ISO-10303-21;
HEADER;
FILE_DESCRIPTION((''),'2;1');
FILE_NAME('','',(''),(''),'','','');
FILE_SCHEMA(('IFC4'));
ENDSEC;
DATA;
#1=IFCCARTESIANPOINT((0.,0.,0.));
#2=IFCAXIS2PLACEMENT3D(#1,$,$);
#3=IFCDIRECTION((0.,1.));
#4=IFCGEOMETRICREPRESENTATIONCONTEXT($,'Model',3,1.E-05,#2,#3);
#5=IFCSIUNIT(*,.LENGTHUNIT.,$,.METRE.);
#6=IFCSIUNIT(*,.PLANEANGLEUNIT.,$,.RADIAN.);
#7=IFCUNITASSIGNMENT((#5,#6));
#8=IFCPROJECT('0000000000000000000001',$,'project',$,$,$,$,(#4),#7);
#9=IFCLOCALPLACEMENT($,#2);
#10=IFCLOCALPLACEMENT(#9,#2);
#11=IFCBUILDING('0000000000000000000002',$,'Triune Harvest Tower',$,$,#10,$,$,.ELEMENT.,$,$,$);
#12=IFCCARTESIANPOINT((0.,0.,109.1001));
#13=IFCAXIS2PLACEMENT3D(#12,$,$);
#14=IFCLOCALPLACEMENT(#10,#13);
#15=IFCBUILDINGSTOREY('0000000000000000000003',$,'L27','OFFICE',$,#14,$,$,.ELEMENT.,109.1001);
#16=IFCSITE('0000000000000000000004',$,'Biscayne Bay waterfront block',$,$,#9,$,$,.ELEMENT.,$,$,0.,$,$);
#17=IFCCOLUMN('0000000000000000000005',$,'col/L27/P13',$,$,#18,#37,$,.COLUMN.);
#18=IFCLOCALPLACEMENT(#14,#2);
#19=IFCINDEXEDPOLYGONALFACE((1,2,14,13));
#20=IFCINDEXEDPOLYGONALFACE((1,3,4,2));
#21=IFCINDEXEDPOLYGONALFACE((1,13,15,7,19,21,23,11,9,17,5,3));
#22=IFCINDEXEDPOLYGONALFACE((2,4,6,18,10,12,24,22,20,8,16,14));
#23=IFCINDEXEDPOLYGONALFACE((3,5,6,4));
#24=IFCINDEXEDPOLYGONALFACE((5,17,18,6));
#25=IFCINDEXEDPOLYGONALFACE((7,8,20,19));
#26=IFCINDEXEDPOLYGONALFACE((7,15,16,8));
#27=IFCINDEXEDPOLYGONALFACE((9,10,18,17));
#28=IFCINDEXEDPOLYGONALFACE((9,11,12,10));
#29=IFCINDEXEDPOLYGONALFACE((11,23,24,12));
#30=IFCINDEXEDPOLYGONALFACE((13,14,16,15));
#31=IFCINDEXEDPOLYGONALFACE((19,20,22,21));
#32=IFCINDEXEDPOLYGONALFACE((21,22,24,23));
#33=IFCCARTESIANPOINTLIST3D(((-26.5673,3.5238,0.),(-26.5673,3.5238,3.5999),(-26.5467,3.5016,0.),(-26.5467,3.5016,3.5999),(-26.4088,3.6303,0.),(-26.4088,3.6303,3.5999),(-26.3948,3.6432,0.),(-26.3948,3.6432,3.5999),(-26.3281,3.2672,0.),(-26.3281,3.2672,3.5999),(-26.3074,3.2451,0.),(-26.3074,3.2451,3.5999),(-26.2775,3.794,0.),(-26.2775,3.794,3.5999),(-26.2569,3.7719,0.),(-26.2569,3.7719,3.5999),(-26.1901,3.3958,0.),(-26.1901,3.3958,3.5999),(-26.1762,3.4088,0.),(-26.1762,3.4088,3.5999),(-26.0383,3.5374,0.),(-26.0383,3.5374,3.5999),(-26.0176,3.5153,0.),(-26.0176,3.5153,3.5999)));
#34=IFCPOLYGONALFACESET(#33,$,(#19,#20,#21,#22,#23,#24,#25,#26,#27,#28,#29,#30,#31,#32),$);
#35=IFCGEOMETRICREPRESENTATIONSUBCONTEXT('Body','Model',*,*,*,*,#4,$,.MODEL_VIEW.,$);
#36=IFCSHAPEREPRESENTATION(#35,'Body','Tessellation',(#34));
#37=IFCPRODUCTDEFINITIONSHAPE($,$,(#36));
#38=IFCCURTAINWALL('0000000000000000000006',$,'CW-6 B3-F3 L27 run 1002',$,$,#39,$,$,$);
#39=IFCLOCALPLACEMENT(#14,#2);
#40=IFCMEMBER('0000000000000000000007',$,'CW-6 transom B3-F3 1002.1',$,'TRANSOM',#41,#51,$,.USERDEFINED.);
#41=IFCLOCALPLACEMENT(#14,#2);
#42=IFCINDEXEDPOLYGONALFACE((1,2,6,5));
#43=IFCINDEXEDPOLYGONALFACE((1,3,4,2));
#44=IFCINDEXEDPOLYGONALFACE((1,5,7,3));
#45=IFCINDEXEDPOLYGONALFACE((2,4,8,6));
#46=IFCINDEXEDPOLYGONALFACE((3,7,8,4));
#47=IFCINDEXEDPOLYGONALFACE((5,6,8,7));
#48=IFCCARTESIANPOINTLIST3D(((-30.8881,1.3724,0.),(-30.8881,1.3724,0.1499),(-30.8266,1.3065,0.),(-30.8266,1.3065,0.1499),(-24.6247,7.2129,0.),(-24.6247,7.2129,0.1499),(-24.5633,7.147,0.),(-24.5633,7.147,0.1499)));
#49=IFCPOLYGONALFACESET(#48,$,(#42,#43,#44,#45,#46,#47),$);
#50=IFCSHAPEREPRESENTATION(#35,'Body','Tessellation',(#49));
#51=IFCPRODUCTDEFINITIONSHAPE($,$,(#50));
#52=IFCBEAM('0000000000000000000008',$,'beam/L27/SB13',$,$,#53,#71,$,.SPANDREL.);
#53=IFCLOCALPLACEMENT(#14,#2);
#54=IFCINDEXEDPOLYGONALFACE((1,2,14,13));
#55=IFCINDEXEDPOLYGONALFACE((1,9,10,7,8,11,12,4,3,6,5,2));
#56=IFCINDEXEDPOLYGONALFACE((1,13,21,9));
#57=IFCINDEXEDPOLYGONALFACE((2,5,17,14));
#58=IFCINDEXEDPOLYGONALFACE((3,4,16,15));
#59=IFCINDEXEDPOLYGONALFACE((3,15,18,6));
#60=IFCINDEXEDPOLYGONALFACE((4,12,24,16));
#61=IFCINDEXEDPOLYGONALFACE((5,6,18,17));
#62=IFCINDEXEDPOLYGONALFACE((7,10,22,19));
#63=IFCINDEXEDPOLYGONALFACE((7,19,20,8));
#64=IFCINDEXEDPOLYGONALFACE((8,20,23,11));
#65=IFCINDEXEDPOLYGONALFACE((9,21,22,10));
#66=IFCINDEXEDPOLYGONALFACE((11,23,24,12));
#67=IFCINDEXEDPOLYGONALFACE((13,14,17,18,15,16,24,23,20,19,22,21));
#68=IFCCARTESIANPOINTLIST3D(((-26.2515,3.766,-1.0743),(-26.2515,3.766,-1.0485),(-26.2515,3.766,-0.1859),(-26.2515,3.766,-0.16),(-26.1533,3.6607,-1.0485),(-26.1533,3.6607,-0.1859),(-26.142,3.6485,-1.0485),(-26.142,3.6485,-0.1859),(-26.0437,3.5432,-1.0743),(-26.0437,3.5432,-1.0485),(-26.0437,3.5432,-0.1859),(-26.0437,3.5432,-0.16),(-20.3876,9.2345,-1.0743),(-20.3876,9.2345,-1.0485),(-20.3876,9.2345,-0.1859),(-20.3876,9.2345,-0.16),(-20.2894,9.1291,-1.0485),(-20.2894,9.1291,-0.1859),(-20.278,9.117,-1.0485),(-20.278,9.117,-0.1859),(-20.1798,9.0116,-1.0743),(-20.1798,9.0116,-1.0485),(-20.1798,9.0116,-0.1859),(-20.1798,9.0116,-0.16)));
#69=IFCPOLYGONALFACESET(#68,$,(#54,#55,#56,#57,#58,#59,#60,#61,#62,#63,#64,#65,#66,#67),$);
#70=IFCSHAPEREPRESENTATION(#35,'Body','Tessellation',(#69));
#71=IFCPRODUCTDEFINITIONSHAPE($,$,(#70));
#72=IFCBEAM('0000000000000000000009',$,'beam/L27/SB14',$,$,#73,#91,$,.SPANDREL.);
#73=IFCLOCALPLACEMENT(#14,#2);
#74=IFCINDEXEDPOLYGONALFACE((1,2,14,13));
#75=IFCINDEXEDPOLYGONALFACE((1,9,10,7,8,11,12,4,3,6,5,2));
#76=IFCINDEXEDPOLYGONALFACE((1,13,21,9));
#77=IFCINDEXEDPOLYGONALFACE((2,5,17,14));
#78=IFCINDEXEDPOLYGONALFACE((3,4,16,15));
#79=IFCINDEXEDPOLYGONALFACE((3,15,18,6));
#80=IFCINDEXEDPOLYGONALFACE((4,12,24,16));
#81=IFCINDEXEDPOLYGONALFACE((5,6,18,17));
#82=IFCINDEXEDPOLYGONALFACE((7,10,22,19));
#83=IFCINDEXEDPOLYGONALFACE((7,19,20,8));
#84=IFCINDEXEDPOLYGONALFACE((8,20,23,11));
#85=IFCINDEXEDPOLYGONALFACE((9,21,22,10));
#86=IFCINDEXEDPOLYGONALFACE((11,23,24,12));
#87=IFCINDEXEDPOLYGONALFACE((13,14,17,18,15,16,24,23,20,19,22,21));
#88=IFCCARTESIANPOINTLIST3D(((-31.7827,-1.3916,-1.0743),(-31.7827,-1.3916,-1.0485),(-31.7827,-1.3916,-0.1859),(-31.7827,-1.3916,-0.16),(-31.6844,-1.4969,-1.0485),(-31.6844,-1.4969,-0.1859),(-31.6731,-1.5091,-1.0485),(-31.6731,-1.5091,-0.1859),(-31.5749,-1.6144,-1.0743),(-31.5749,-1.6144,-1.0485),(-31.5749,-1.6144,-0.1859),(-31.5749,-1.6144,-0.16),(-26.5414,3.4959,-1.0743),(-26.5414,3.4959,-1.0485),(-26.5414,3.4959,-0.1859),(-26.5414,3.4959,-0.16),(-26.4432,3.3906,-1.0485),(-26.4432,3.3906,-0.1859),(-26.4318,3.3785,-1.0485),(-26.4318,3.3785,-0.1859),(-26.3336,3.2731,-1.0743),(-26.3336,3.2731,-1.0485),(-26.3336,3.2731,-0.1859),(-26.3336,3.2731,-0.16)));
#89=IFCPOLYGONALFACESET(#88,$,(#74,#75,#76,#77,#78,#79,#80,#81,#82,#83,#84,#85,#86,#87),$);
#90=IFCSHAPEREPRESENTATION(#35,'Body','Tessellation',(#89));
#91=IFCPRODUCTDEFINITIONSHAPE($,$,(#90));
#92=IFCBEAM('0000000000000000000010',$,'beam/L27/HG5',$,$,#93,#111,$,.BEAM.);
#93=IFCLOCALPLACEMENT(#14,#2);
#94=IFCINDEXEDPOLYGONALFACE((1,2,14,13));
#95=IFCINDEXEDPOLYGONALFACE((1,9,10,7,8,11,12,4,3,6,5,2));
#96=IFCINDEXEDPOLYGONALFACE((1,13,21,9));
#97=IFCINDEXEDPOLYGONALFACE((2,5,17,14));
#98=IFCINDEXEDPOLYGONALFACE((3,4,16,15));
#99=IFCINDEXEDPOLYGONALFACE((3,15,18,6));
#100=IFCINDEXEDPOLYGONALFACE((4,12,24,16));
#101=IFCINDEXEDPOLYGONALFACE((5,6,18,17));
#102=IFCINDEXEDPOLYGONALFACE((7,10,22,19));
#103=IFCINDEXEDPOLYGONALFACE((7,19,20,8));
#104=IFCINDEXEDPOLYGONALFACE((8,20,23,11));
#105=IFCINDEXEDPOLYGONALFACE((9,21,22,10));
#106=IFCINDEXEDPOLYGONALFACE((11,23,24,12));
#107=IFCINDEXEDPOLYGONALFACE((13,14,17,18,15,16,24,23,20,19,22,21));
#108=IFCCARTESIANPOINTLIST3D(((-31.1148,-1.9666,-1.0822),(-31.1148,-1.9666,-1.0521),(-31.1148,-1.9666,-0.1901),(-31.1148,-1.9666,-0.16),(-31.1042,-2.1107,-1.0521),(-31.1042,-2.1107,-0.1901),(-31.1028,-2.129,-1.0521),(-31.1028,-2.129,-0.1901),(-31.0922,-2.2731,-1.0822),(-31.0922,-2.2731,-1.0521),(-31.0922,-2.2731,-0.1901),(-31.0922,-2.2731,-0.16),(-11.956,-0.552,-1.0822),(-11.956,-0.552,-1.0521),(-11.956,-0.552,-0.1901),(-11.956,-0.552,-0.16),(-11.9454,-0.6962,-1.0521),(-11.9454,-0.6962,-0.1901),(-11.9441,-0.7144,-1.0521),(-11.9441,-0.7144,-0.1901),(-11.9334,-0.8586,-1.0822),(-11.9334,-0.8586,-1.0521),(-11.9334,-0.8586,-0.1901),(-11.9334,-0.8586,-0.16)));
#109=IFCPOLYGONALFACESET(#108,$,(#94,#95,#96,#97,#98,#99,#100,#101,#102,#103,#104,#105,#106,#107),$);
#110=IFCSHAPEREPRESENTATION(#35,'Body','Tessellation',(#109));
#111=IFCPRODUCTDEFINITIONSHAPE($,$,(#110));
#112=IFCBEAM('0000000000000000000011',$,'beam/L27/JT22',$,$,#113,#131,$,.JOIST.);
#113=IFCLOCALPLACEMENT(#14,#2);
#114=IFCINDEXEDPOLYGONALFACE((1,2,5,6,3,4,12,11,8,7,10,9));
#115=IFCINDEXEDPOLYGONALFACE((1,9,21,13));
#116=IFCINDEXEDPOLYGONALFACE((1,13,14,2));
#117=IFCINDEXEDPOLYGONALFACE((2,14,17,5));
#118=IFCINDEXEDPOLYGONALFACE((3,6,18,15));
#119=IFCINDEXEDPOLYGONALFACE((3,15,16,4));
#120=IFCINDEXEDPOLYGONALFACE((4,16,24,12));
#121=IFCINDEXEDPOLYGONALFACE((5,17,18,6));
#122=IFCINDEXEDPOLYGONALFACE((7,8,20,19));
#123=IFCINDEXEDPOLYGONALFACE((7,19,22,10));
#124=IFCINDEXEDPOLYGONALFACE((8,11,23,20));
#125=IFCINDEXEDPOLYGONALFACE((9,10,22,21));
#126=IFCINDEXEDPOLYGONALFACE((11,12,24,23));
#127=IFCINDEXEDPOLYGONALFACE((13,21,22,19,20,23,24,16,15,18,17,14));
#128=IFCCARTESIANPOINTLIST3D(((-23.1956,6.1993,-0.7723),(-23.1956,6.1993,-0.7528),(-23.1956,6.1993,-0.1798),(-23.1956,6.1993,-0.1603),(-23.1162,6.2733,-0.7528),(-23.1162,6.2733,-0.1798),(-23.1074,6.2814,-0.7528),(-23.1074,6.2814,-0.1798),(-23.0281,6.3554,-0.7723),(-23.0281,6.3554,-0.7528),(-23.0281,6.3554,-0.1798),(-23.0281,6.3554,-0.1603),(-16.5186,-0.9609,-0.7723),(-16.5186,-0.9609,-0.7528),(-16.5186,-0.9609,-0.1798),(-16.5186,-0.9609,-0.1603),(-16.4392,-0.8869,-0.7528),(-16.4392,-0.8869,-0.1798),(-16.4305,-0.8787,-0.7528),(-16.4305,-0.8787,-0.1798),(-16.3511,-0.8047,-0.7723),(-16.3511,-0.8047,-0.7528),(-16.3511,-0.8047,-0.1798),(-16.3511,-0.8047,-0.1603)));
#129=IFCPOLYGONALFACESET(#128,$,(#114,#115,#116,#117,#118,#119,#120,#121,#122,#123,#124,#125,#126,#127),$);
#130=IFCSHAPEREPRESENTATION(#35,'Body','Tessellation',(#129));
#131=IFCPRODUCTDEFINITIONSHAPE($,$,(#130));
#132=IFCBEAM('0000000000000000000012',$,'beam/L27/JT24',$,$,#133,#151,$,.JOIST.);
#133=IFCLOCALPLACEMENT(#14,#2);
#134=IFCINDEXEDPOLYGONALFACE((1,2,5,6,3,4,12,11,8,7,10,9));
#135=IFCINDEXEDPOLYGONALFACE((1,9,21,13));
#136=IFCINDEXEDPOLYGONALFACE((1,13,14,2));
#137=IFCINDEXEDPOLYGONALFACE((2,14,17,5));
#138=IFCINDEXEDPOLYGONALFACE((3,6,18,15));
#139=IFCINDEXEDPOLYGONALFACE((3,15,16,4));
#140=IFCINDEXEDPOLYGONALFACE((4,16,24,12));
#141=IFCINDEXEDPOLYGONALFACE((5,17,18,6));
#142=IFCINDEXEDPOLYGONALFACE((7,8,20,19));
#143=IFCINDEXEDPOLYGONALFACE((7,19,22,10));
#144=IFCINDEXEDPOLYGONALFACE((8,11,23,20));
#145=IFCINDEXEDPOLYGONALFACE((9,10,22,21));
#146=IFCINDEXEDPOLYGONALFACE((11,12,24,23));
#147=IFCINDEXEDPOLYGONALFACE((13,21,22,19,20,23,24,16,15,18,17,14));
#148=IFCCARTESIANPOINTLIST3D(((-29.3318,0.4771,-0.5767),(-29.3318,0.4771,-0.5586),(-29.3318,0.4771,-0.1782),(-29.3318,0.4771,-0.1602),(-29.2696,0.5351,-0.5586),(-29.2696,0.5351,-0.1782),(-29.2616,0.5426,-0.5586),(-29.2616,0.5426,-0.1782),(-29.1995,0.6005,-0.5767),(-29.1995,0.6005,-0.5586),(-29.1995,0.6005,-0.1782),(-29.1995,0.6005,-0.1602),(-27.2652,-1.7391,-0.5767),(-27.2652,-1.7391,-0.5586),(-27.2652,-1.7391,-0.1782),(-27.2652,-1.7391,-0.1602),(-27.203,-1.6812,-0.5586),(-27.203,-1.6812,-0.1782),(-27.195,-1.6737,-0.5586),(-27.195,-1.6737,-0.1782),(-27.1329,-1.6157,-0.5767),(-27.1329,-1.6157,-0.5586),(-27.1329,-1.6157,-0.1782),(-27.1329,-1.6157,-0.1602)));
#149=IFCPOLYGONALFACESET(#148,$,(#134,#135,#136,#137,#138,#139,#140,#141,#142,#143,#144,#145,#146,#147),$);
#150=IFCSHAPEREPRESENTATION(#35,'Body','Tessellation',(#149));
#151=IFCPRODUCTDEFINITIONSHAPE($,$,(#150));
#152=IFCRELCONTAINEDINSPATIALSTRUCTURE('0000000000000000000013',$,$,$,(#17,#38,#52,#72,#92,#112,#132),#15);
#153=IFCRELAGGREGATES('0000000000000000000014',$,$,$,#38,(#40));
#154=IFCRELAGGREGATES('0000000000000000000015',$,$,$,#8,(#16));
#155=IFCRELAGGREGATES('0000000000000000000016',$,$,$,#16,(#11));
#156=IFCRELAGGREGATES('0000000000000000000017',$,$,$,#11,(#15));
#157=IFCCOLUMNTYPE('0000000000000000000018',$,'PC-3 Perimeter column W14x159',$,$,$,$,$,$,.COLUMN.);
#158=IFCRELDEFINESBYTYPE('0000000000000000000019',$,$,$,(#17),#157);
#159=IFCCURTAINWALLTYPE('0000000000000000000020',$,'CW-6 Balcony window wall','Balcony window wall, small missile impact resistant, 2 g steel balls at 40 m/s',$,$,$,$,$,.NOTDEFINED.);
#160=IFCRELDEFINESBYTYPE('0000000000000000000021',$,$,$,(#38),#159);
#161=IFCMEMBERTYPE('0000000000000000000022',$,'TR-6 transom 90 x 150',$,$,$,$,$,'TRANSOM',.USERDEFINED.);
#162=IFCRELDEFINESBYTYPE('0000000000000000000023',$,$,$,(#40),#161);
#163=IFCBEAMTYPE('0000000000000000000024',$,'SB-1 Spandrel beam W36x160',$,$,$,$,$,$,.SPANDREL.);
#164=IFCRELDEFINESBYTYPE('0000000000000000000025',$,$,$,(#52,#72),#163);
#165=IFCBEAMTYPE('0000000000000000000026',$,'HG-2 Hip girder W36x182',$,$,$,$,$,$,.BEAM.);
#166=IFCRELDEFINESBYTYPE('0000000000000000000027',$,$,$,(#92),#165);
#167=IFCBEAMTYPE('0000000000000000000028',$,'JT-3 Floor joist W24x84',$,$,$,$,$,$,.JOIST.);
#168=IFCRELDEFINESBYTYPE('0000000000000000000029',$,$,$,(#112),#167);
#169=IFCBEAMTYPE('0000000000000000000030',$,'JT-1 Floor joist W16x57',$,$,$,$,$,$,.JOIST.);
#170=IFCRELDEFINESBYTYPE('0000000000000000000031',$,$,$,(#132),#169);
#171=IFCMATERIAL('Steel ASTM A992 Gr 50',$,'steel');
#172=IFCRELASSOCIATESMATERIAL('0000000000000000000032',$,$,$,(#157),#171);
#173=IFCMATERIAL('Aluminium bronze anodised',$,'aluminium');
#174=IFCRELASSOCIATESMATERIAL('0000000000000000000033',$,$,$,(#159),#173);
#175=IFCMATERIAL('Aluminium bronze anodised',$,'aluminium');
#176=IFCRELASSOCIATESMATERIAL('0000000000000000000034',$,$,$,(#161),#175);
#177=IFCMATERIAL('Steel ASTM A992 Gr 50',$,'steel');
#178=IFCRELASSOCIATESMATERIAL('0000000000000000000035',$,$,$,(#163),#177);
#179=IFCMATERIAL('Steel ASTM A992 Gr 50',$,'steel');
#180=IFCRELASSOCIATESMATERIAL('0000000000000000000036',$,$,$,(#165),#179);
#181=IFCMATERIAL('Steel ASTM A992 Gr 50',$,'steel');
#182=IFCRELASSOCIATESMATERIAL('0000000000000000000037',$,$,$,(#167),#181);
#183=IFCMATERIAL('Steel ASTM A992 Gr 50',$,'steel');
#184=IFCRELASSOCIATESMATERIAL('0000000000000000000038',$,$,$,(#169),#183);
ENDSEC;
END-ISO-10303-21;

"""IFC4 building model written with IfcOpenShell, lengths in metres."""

from ifc_helpers import new_model, si_unit, direction, frame, origin, origin_2d, place, context, subcontext, project, spatial, rectangle, i_section, extrude, source, transform, mapped, material, material_profile, profile_set, type_object, element, aggregate, save


model = new_model("IFC4")

# Units and contexts
model_context = context("Model", 3, precision=1e-05, world=origin(), true_north=direction((0.0, 1.0)))
body_context = subcontext(model_context, "Body", "Model", "MODEL_VIEW")
ifc_project = project(units=[si_unit("LENGTHUNIT", "METRE"), si_unit("PLANEANGLEUNIT", "RADIAN")], contexts=[model_context])

# Site, building, storey
site_placement = place(None, origin())
site = spatial("IfcSite", under=ifc_project, at=site_placement, Name="Biscayne Bay waterfront block", CompositionType="ELEMENT", RefElevation=0.0)
building_placement = place(site_placement, origin())
building = spatial("IfcBuilding", under=site, at=building_placement, Name="Triune Harvest Tower", CompositionType="ELEMENT")
storey_placement = place(building_placement, frame((0.0, 0.0, 109.1001)))
storey = spatial("IfcBuildingStorey", under=building, at=storey_placement, Name="L27", Description="OFFICE", CompositionType="ELEMENT", Elevation=109.1001)

# Column
ifc_material_1 = material(Name="Steel ASTM A992 Gr 50", Category="steel")
ifc_material_profile_1 = material_profile(ifc_material_1, i_section(OverallWidth=0.3962, OverallDepth=0.3811, WebThickness=0.019, FlangeThickness=0.0303, at=origin_2d()), Name="W14x159")
ifc_profile_set_1 = profile_set([ifc_material_profile_1], Name="Steel ASTM A992 Gr 50")
column_type = type_object("IfcColumnType", Name="PC-3 Perimeter column W14x159", PredefinedType="COLUMN", material=ifc_profile_set_1)
shared_shape_1 = source(origin(), body_context, "Body", "SweptSolid", [
    extrude(i_section(OverallWidth=0.3962, OverallDepth=0.3811, WebThickness=0.019, FlangeThickness=0.0303, at=origin_2d()), origin(), (0.0, 0.0, 1.0), 3.5999),
])
column_placement = place(storey_placement, frame((-26.2925, 3.5195, 0.0), z_axis=(0.0, 0.0, 1.0), x_axis=(-0.731355, -0.681997, 0.0)))
element("IfcColumn", 1, at=column_placement, inside=storey, type_object=column_type, Name="col/L27/P13", PredefinedType="COLUMN", context=body_context, shape_type="MappedRepresentation", body=[
    mapped(shared_shape_1, transform((0.0, 0.0, 0.0), scale=1.0)),
])

# Curtain wall, member
ifc_material_2 = material(Name="Aluminium bronze anodised", Category="aluminium")
curtain_wall_type_1 = type_object("IfcCurtainWallType", Name="CW-6 Balcony window wall", Description="Balcony window wall, small missile impact resistant, 2 g steel balls at 40 m/s", PredefinedType="NOTDEFINED", material=ifc_material_2)
curtain_wall_1_placement = place(storey_placement, origin())
curtain_wall_1 = element("IfcCurtainWall", 2, at=curtain_wall_1_placement, inside=storey, type_object=curtain_wall_type_1, Name="CW-6 B3-F3 L27 run 1002")
ifc_material_3 = material(Name="Aluminium bronze anodised", Category="aluminium")
ifc_material_profile_2 = material_profile(ifc_material_3, rectangle(XDim=0.0901, YDim=0.1499, at=origin_2d()), Name="TR-6 transom 90 x 150")
ifc_profile_set_2 = profile_set([ifc_material_profile_2], Name="Aluminium bronze anodised")
member_type_1 = type_object("IfcMemberType", Name="TR-6 transom 90 x 150", ElementType="TRANSOM", PredefinedType="USERDEFINED", material=ifc_profile_set_2)
member_1_placement = place(storey_placement, frame((-24.594, 7.1799, 0.075), z_axis=(-0.731363, -0.681988, 0.0), x_axis=(0.681988, -0.731363, 0.0)))
member_1 = element("IfcMember", 3, at=member_1_placement, type_object=member_type_1, Name="CW-6 transom B3-F3 1002.1", ObjectType="TRANSOM", PredefinedType="USERDEFINED", context=body_context, shape_type="SweptSolid", body=[
    extrude(rectangle(XDim=0.0901, YDim=0.1499, at=origin_2d()), origin(), (0.0, 0.0, 1.0), 8.564),
])

# Beams
ifc_material_4 = material(Name="Steel ASTM A992 Gr 50", Category="steel")
ifc_material_profile_3 = material_profile(ifc_material_4, i_section(OverallWidth=0.3047, OverallDepth=0.9143, WebThickness=0.0166, FlangeThickness=0.0259, at=origin_2d()), Name="W36x160")
ifc_profile_set_3 = profile_set([ifc_material_profile_3], Name="Steel ASTM A992 Gr 50")
beam_type_1 = type_object("IfcBeamType", Name="SB-1 Spandrel beam W36x160", PredefinedType="SPANDREL", material=ifc_profile_set_3)
shared_shape_2 = source(origin(), body_context, "Body", "SweptSolid", [
    extrude(i_section(OverallWidth=0.3047, OverallDepth=0.9143, WebThickness=0.0166, FlangeThickness=0.0259, at=origin_2d()), origin(), (0.0, 0.0, 1.0), 8.0181),
])
beam_1_placement = place(storey_placement, frame((-20.2837, 9.123, -0.6172), z_axis=(-0.73134, -0.682013, 0.0), x_axis=(0.682013, -0.73134, 0.0)))
element("IfcBeam", 4, at=beam_1_placement, inside=storey, type_object=beam_type_1, Name="beam/L27/SB13", PredefinedType="SPANDREL", context=body_context, shape_type="MappedRepresentation", body=[
    mapped(shared_shape_2, transform((0.0, 0.0, 0.0), scale=1.0)),
])
shared_shape_3 = source(origin(), body_context, "Body", "SweptSolid", [
    extrude(i_section(OverallWidth=0.3047, OverallDepth=0.9143, WebThickness=0.0166, FlangeThickness=0.0259, at=origin_2d()), origin(), (0.0, 0.0, 1.0), 7.1665),
])
beam_2_placement = place(storey_placement, frame((-26.4375, 3.3845, -0.6172), z_axis=(-0.731358, -0.681994, 0.0), x_axis=(0.681994, -0.731358, 0.0)))
element("IfcBeam", 5, at=beam_2_placement, inside=storey, type_object=beam_type_1, Name="beam/L27/SB14", PredefinedType="SPANDREL", context=body_context, shape_type="MappedRepresentation", body=[
    mapped(shared_shape_3, transform((0.0, 0.0, 0.0), scale=1.0)),
])
ifc_material_5 = material(Name="Steel ASTM A992 Gr 50", Category="steel")
ifc_material_profile_4 = material_profile(ifc_material_5, i_section(OverallWidth=0.3074, OverallDepth=0.9221, WebThickness=0.0183, FlangeThickness=0.03, at=origin_2d()), Name="W36x182")
ifc_profile_set_4 = profile_set([ifc_material_profile_4], Name="Steel ASTM A992 Gr 50")
beam_type_2 = type_object("IfcBeamType", Name="HG-2 Hip girder W36x182", PredefinedType="BEAM", material=ifc_profile_set_4)
shared_shape_4 = source(origin(), body_context, "Body", "SweptSolid", [
    extrude(i_section(OverallWidth=0.3074, OverallDepth=0.9221, WebThickness=0.0183, FlangeThickness=0.03, at=origin_2d()), origin(), (0.0, 0.0, 1.0), 19.2109),
])
beam_3_placement = place(storey_placement, frame((-31.1035, -2.1199, -0.6211), z_axis=(0.997285, 0.073633, 0.0), x_axis=(-0.073633, 0.997285, 0.0)))
element("IfcBeam", 6, at=beam_3_placement, inside=storey, type_object=beam_type_2, Name="beam/L27/HG5", PredefinedType="BEAM", context=body_context, shape_type="MappedRepresentation", body=[
    mapped(shared_shape_4, transform((0.0, 0.0, 0.0), scale=1.0)),
])
ifc_material_6 = material(Name="Steel ASTM A992 Gr 50", Category="steel")
ifc_material_profile_5 = material_profile(ifc_material_6, i_section(OverallWidth=0.229, OverallDepth=0.6121, WebThickness=0.012, FlangeThickness=0.0195, at=origin_2d()), Name="W24x84")
ifc_profile_set_5 = profile_set([ifc_material_profile_5], Name="Steel ASTM A992 Gr 50")
beam_type_3 = type_object("IfcBeamType", Name="JT-3 Floor joist W24x84", PredefinedType="JOIST", material=ifc_profile_set_5)
shared_shape_5 = source(origin(), body_context, "Body", "SweptSolid", [
    extrude(i_section(OverallWidth=0.229, OverallDepth=0.6121, WebThickness=0.012, FlangeThickness=0.0195, at=origin_2d()), origin(), (0.0, 0.0, 1.0), 9.7903),
])
beam_4_placement = place(storey_placement, frame((-23.1118, 6.2773, -0.4663), z_axis=(0.682001, -0.731351, 0.0), x_axis=(0.731351, 0.682001, 0.0)))
element("IfcBeam", 7, at=beam_4_placement, inside=storey, type_object=beam_type_3, Name="beam/L27/JT22", PredefinedType="JOIST", context=body_context, shape_type="MappedRepresentation", body=[
    mapped(shared_shape_5, transform((0.0, 0.0, 0.0), scale=1.0)),
])
ifc_material_7 = material(Name="Steel ASTM A992 Gr 50", Category="steel")
ifc_material_profile_6 = material_profile(ifc_material_7, i_section(OverallWidth=0.1809, OverallDepth=0.4165, WebThickness=0.011, FlangeThickness=0.0181, at=origin_2d()), Name="W16x57")
ifc_profile_set_6 = profile_set([ifc_material_profile_6], Name="Steel ASTM A992 Gr 50")
beam_type_4 = type_object("IfcBeamType", Name="JT-1 Floor joist W16x57", PredefinedType="JOIST", material=ifc_profile_set_6)
shared_shape_6 = source(origin(), body_context, "Body", "SweptSolid", [
    extrude(i_section(OverallWidth=0.1809, OverallDepth=0.4165, WebThickness=0.011, FlangeThickness=0.0181, at=origin_2d()), origin(), (0.0, 0.0, 1.0), 3.0303),
])
beam_5_placement = place(storey_placement, frame((-29.2656, 0.5388, -0.3684), z_axis=(0.681982, -0.731369, 0.0), x_axis=(0.731369, 0.681982, 0.0)))
element("IfcBeam", 8, at=beam_5_placement, inside=storey, type_object=beam_type_4, Name="beam/L27/JT24", PredefinedType="JOIST", context=body_context, shape_type="MappedRepresentation", body=[
    mapped(shared_shape_6, transform((0.0, 0.0, 0.0), scale=1.0)),
])

aggregate(curtain_wall_1, [member_1])

save(model, "model.ifc")
